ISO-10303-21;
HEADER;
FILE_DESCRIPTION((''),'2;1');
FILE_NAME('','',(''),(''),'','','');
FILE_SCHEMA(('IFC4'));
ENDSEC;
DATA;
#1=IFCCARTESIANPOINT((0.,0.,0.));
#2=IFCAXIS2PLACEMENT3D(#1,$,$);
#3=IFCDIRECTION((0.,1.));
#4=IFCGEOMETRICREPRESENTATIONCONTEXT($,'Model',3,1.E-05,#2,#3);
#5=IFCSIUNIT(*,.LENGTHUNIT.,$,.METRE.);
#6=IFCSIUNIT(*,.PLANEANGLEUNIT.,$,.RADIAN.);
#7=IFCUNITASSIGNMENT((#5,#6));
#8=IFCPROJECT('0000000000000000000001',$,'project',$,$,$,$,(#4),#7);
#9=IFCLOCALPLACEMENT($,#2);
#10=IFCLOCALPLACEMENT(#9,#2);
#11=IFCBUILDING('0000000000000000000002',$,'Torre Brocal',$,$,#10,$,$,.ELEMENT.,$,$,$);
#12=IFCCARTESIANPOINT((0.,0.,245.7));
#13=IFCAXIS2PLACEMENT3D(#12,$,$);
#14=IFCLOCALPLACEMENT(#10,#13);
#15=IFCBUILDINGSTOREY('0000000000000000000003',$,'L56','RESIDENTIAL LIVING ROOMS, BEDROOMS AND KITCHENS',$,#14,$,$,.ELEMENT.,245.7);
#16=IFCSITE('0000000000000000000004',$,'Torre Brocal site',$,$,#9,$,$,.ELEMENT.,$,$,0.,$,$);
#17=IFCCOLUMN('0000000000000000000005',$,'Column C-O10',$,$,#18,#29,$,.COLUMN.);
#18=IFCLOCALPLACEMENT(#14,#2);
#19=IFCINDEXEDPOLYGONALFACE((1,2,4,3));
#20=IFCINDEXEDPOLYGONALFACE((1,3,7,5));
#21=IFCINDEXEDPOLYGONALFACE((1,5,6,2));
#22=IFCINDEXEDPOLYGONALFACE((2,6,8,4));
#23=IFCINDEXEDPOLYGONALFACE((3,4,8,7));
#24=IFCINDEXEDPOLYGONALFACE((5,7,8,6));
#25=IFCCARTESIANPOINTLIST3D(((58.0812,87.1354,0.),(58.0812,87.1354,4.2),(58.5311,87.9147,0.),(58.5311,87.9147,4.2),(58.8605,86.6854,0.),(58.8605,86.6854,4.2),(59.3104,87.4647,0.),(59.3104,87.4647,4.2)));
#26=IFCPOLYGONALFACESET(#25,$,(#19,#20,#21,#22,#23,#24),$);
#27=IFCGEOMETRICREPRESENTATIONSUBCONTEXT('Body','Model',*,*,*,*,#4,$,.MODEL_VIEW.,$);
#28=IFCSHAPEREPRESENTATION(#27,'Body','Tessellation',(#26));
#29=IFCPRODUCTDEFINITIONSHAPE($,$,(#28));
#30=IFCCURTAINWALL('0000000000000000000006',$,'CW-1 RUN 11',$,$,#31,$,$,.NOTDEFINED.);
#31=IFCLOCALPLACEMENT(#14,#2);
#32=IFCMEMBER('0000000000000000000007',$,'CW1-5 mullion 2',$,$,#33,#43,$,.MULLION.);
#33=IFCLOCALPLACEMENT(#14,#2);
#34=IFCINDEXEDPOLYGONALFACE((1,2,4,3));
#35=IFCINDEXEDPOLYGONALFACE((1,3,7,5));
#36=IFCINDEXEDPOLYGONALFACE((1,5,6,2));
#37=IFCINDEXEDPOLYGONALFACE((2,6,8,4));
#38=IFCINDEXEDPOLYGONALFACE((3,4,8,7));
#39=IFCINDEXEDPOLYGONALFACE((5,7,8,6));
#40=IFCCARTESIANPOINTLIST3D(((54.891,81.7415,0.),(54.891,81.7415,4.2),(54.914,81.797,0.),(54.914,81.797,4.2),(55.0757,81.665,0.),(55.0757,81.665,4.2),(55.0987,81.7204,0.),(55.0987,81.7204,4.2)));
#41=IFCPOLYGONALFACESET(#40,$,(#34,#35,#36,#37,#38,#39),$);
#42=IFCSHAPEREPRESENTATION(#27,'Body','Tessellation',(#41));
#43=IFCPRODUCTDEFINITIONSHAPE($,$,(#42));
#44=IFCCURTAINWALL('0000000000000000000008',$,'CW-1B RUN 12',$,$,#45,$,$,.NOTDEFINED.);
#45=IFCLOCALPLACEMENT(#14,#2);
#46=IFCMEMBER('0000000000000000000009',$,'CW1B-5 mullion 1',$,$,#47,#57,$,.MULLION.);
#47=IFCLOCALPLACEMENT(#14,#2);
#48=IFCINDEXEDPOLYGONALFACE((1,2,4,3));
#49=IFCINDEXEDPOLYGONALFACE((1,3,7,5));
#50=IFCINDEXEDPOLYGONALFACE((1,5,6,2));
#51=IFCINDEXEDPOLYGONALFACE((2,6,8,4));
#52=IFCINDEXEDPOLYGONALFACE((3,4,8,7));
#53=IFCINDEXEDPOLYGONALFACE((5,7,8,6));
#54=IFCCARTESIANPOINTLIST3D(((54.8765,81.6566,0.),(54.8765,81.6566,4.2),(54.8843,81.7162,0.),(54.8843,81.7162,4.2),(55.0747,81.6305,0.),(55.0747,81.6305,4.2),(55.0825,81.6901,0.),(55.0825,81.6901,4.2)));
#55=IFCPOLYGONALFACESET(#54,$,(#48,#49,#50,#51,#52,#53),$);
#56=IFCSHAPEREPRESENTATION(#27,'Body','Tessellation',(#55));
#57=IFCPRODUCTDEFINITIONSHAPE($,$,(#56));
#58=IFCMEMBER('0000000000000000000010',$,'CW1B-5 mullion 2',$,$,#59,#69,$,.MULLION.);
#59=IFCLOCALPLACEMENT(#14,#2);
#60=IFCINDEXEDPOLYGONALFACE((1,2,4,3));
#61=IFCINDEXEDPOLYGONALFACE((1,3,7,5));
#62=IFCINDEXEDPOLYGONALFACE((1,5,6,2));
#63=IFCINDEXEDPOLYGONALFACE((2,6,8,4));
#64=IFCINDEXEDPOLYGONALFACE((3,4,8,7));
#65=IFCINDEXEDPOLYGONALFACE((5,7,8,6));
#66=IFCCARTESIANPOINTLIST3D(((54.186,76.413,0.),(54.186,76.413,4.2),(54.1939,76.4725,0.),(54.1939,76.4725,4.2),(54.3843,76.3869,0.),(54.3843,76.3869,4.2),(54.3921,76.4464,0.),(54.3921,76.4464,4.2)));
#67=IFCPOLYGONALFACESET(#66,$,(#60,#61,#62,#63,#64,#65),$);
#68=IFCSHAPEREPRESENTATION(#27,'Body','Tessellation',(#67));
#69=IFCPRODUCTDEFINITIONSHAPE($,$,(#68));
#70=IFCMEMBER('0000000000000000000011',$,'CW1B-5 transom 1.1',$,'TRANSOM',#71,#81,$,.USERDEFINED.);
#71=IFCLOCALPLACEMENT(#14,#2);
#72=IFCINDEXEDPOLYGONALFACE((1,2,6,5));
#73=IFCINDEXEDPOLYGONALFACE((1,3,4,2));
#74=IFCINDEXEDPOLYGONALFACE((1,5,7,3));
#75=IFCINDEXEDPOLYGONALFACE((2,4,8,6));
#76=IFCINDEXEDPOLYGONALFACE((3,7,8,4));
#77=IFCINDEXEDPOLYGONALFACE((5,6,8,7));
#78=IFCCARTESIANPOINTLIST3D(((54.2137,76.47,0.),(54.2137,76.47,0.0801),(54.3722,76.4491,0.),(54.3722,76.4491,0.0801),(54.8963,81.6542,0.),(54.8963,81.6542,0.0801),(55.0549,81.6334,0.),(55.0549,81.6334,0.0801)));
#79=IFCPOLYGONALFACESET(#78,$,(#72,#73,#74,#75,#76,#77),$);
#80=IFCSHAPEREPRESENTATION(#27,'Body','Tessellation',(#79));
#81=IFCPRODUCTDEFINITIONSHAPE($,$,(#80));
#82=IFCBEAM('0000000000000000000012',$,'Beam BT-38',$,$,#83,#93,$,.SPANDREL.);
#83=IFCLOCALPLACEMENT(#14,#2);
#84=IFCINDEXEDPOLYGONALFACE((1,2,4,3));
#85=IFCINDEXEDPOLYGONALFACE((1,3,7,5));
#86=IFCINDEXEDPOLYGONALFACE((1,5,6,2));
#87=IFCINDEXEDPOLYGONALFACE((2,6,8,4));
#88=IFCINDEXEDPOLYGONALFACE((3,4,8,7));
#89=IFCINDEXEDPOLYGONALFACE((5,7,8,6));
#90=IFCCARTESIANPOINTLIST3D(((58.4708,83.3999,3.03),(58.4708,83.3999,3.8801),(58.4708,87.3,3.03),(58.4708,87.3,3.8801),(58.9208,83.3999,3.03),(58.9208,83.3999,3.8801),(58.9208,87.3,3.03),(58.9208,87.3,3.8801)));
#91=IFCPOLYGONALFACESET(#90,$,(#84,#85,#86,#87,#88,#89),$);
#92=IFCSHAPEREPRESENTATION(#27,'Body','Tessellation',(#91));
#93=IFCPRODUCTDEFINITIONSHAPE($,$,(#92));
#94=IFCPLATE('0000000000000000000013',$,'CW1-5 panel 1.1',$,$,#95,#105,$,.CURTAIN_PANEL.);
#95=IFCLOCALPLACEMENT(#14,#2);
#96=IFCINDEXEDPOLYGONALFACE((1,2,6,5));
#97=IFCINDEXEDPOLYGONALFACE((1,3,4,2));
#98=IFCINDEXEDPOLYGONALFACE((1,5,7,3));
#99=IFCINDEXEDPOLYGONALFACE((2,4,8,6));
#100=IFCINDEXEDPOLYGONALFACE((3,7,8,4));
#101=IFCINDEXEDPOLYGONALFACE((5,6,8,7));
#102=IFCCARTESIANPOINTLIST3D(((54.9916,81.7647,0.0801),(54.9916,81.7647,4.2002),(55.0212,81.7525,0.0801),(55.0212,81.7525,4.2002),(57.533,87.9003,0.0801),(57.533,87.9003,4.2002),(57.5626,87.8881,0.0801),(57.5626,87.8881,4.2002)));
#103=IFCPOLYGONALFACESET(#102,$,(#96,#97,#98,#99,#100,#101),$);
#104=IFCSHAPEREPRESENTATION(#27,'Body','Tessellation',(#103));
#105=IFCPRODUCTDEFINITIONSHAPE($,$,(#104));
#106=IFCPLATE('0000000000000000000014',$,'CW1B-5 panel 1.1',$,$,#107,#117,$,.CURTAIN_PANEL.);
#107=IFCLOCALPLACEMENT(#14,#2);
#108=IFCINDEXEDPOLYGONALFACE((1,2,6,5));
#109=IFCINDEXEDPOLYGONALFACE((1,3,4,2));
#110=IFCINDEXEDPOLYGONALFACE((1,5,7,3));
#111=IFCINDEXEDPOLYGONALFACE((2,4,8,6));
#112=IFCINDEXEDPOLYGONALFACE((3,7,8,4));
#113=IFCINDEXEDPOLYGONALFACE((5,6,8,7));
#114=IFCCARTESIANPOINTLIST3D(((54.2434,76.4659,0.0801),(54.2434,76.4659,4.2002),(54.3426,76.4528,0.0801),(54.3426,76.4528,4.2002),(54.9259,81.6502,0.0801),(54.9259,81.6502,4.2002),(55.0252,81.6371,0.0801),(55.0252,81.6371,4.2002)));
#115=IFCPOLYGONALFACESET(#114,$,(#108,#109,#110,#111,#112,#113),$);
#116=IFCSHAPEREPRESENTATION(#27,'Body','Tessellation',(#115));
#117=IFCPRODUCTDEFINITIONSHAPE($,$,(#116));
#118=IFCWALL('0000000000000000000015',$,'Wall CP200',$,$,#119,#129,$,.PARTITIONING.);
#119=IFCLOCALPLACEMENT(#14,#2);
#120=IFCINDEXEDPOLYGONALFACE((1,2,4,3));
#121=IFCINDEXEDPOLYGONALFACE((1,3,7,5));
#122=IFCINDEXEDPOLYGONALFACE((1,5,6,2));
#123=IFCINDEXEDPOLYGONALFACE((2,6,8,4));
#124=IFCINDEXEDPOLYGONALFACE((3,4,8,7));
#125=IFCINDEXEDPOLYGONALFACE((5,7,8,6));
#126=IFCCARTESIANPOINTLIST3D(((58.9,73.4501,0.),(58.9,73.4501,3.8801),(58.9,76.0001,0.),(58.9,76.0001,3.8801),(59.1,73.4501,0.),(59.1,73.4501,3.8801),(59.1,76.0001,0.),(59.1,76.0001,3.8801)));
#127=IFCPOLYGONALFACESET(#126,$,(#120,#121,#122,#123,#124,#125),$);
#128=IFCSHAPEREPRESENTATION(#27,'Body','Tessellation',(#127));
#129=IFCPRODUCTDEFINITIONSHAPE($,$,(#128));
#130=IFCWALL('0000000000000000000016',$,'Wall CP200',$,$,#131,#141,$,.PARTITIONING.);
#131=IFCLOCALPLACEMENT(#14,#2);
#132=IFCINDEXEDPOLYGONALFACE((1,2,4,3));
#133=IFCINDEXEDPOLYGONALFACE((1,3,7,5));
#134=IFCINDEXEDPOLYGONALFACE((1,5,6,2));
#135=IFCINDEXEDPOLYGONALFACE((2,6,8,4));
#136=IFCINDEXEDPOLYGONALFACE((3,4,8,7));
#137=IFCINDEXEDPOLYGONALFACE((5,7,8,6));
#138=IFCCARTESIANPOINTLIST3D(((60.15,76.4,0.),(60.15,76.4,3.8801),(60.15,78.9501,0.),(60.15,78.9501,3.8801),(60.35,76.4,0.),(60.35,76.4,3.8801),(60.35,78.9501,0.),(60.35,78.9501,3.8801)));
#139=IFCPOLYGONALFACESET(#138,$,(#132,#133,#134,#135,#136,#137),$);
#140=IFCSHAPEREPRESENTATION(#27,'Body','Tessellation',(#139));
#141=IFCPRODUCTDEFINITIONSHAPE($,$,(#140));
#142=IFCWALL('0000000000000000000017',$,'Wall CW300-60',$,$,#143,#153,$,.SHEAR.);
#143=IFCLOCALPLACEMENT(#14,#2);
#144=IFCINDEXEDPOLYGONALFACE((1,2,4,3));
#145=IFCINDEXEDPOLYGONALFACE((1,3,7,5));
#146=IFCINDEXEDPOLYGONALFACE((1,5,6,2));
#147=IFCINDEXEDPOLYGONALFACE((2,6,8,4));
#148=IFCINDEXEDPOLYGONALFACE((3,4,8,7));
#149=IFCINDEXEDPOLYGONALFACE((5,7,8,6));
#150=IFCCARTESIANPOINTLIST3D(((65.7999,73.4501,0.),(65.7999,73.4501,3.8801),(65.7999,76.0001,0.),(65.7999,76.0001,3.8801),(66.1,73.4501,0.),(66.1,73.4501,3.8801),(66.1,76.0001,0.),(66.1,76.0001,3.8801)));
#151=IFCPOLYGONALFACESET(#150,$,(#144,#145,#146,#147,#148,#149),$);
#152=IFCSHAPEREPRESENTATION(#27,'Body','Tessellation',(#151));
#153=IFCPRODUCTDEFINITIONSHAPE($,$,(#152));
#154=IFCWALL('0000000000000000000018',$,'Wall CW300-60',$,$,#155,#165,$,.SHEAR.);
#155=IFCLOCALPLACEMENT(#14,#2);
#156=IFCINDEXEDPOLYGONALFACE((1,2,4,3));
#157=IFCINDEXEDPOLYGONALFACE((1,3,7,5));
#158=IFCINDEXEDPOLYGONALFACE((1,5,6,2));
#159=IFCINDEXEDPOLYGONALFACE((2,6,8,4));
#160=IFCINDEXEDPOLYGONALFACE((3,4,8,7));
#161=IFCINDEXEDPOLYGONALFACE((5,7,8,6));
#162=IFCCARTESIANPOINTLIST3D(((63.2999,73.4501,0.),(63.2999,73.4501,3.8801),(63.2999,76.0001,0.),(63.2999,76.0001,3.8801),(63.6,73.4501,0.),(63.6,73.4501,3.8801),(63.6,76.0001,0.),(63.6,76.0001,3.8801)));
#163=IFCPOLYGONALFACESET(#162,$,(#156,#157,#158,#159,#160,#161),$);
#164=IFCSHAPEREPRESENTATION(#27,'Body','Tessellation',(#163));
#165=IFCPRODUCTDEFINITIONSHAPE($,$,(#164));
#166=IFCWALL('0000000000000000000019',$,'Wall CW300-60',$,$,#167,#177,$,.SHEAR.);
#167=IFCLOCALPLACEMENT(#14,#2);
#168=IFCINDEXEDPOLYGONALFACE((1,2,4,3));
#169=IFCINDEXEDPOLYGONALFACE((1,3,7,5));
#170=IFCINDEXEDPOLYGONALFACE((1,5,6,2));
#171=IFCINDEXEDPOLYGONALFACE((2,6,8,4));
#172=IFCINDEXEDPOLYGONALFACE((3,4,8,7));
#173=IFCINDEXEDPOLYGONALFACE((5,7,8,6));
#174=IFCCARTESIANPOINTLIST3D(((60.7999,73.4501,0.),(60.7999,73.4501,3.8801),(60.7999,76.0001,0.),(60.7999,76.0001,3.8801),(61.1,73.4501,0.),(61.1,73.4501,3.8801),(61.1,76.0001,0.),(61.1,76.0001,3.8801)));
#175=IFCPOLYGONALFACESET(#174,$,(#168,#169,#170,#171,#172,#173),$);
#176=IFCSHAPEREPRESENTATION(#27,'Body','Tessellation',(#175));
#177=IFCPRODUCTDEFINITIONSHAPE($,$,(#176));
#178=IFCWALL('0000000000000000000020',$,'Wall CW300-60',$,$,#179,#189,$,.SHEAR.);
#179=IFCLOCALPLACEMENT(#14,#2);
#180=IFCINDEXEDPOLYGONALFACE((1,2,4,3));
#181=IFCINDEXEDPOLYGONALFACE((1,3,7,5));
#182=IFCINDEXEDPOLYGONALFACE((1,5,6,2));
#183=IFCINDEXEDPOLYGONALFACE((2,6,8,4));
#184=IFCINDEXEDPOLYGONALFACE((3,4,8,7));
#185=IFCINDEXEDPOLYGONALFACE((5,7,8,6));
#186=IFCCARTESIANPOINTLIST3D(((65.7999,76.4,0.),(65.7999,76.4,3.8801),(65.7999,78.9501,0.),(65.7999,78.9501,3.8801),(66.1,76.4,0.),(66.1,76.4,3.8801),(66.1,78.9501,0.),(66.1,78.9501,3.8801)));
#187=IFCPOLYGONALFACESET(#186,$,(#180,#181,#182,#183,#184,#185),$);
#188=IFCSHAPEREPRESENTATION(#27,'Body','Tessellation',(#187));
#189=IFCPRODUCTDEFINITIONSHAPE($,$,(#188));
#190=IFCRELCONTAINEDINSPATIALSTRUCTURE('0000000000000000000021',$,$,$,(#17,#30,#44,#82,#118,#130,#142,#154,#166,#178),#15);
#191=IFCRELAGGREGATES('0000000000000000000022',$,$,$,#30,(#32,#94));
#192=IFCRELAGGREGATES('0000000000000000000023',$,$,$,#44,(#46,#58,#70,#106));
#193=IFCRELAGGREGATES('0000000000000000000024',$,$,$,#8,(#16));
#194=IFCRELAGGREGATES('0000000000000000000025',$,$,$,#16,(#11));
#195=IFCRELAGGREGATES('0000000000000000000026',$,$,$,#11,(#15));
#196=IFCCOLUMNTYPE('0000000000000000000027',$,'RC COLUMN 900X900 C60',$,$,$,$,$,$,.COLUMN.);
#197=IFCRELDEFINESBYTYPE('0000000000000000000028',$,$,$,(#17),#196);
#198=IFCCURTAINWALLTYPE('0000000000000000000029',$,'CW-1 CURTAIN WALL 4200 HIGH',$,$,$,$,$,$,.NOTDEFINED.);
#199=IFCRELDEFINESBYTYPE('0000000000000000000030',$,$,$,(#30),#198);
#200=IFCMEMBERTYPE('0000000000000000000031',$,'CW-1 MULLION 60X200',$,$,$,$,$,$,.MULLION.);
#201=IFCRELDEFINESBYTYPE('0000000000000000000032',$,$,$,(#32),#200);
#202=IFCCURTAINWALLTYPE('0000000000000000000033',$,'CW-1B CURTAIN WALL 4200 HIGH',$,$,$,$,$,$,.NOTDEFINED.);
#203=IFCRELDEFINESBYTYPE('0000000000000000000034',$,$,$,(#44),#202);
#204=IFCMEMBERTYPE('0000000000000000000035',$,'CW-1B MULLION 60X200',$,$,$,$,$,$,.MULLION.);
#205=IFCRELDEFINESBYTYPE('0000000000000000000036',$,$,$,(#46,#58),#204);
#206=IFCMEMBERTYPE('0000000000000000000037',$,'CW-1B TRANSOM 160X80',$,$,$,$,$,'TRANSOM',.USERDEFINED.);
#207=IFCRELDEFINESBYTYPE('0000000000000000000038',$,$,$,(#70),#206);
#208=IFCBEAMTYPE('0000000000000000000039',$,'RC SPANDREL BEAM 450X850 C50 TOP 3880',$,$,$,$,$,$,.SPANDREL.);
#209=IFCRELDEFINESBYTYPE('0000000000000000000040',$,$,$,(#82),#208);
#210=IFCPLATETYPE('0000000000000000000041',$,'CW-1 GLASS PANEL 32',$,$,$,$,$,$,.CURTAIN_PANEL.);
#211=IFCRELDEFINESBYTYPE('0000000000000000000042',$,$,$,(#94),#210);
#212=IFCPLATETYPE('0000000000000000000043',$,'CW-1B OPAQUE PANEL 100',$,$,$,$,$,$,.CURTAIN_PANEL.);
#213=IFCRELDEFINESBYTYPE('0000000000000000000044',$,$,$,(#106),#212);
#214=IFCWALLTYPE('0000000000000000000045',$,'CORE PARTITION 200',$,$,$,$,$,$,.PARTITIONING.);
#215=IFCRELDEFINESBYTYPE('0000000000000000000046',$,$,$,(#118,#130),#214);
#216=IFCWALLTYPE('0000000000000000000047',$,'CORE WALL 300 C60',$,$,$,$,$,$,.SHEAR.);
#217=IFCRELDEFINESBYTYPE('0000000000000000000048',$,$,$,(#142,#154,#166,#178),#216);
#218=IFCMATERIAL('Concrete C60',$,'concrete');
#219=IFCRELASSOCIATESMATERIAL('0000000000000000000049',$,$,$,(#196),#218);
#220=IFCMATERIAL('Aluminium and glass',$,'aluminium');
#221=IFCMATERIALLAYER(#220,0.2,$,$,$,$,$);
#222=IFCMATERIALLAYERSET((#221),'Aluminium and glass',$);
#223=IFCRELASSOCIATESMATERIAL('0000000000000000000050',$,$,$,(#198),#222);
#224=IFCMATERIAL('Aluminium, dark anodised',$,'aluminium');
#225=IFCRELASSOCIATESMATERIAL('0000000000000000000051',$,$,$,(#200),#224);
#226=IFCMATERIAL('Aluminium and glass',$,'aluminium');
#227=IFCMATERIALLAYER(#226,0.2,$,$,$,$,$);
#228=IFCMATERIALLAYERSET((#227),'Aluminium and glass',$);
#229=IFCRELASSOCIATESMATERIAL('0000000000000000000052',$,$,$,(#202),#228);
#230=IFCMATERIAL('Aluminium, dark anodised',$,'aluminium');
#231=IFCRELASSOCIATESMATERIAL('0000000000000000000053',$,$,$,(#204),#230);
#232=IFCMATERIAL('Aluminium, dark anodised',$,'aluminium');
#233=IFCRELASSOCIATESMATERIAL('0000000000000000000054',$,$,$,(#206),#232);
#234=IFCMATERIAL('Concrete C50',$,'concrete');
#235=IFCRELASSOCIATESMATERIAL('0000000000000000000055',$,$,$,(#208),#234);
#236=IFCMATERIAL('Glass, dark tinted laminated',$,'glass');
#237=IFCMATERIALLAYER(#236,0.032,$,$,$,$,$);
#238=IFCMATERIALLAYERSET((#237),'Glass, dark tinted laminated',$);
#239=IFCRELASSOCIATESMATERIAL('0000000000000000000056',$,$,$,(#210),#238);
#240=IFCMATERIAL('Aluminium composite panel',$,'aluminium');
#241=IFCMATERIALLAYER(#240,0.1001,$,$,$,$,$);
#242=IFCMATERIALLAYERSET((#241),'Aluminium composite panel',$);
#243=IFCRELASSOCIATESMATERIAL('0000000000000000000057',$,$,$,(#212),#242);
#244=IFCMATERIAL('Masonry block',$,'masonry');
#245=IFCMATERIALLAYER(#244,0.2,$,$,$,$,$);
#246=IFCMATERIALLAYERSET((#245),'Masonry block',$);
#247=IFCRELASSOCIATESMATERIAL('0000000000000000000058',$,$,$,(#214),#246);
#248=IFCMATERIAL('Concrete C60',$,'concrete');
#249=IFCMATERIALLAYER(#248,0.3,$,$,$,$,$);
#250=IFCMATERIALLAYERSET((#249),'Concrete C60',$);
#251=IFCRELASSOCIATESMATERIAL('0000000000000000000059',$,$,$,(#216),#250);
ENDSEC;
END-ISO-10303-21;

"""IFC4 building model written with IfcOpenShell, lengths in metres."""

from ifc_helpers import new_model, si_unit, direction, frame, frame_2d, origin, origin_2d, place, context, subcontext, project, spatial, rectangle, extrude, material, layer, layer_set, material_profile, profile_set, type_object, element, aggregate, save


model = new_model("IFC4")

# Units and contexts
model_context = context("Model", 3, precision=1e-05, world=origin(), true_north=direction((0.0, 1.0)))
body_context = subcontext(model_context, "Body", "Model", "MODEL_VIEW")
ifc_project = project(units=[si_unit("LENGTHUNIT", "METRE"), si_unit("PLANEANGLEUNIT", "RADIAN")], contexts=[model_context])

# Site, building, storey
site_placement = place(None, origin())
site = spatial("IfcSite", under=ifc_project, at=site_placement, Name="Torre Brocal site", CompositionType="ELEMENT", RefElevation=0.0)
building_placement = place(site_placement, origin())
building = spatial("IfcBuilding", under=site, at=building_placement, Name="Torre Brocal", CompositionType="ELEMENT")
storey_placement = place(building_placement, frame((0.0, 0.0, 245.7)))
storey = spatial("IfcBuildingStorey", under=building, at=storey_placement, Name="L56", Description="RESIDENTIAL LIVING ROOMS, BEDROOMS AND KITCHENS", CompositionType="ELEMENT", Elevation=245.7)

# Column
ifc_material_1 = material(Name="Concrete C60", Category="concrete")
ifc_material_profile_1 = material_profile(ifc_material_1, rectangle(XDim=0.8999, YDim=0.8999, at=origin_2d()), Name="RC 900X900")
ifc_profile_set_1 = profile_set([ifc_material_profile_1], Name="Concrete C60")
column_type = type_object("IfcColumnType", Name="RC COLUMN 900X900 C60", PredefinedType="COLUMN", material=ifc_profile_set_1)
column_placement = place(storey_placement, frame((58.6958, 87.3, 0.0), z_axis=(0.0, 0.0, 1.0), x_axis=(-0.866025, 0.5, 0.0)))
element("IfcColumn", 1, at=column_placement, inside=storey, type_object=column_type, Name="Column C-O10", PredefinedType="COLUMN", context=body_context, shape_type="SweptSolid", body=[
    extrude(rectangle(XDim=0.8999, YDim=0.8999, at=origin_2d()), origin(), (0.0, 0.0, 1.0), 4.2),
])

# Curtain wall, member
ifc_material_2 = material(Name="Aluminium and glass", Category="aluminium")
ifc_layer_1 = layer(ifc_material_2, 0.2)
ifc_layer_set_1 = layer_set([ifc_layer_1], Name="Aluminium and glass")
curtain_wall_type_1 = type_object("IfcCurtainWallType", Name="CW-1 CURTAIN WALL 4200 HIGH", PredefinedType="NOTDEFINED", material=ifc_layer_set_1)
curtain_wall_1_placement = place(storey_placement, origin())
curtain_wall_1 = element("IfcCurtainWall", 2, at=curtain_wall_1_placement, inside=storey, type_object=curtain_wall_type_1, Name="CW-1 RUN 11", PredefinedType="NOTDEFINED")
ifc_material_3 = material(Name="Aluminium, dark anodised", Category="aluminium")
ifc_material_profile_2 = material_profile(ifc_material_3, rectangle(XDim=0.2, YDim=0.0601, at=origin_2d()), Name="CW-1 MULLION 60X200")
ifc_profile_set_2 = profile_set([ifc_material_profile_2], Name="Aluminium, dark anodised")
member_type_1 = type_object("IfcMemberType", Name="CW-1 MULLION 60X200", PredefinedType="MULLION", material=ifc_profile_set_2)
member_1_placement = place(storey_placement, frame((54.9949, 81.731, 0.0), z_axis=(0.0, 0.0, 1.0), x_axis=(0.92388, -0.382683, 0.0)))
member_1 = element("IfcMember", 3, at=member_1_placement, type_object=member_type_1, Name="CW1-5 mullion 2", PredefinedType="MULLION", context=body_context, shape_type="SweptSolid", body=[
    extrude(rectangle(XDim=0.2, YDim=0.0601, at=origin_2d()), origin(), (0.0, 0.0, 1.0), 4.2),
])

# Curtain wall, members
ifc_material_4 = material(Name="Aluminium and glass", Category="aluminium")
ifc_layer_2 = layer(ifc_material_4, 0.2)
ifc_layer_set_2 = layer_set([ifc_layer_2], Name="Aluminium and glass")
curtain_wall_type_2 = type_object("IfcCurtainWallType", Name="CW-1B CURTAIN WALL 4200 HIGH", PredefinedType="NOTDEFINED", material=ifc_layer_set_2)
curtain_wall_2_placement = place(storey_placement, origin())
curtain_wall_2 = element("IfcCurtainWall", 4, at=curtain_wall_2_placement, inside=storey, type_object=curtain_wall_type_2, Name="CW-1B RUN 12", PredefinedType="NOTDEFINED")
ifc_material_5 = material(Name="Aluminium, dark anodised", Category="aluminium")
ifc_material_profile_3 = material_profile(ifc_material_5, rectangle(XDim=0.2, YDim=0.0601, at=origin_2d()), Name="CW-1B MULLION 60X200")
ifc_profile_set_3 = profile_set([ifc_material_profile_3], Name="Aluminium, dark anodised")
member_type_2 = type_object("IfcMemberType", Name="CW-1B MULLION 60X200", PredefinedType="MULLION", material=ifc_profile_set_3)
member_2_placement = place(storey_placement, frame((54.9795, 81.6733, 0.0), z_axis=(0.0, 0.0, 1.0), x_axis=(0.991445, -0.130526, 0.0)))
member_2 = element("IfcMember", 5, at=member_2_placement, type_object=member_type_2, Name="CW1B-5 mullion 1", PredefinedType="MULLION", context=body_context, shape_type="SweptSolid", body=[
    extrude(rectangle(XDim=0.2, YDim=0.0601, at=origin_2d()), origin(), (0.0, 0.0, 1.0), 4.2),
])
member_3_placement = place(storey_placement, frame((54.2891, 76.4297, 0.0), z_axis=(0.0, 0.0, 1.0), x_axis=(0.991445, -0.130526, 0.0)))
member_3 = element("IfcMember", 6, at=member_3_placement, type_object=member_type_2, Name="CW1B-5 mullion 2", PredefinedType="MULLION", context=body_context, shape_type="SweptSolid", body=[
    extrude(rectangle(XDim=0.2, YDim=0.0601, at=origin_2d()), origin(), (0.0, 0.0, 1.0), 4.2),
])
ifc_material_6 = material(Name="Aluminium, dark anodised", Category="aluminium")
ifc_material_profile_4 = material_profile(ifc_material_6, rectangle(XDim=0.1599, YDim=0.0801, at=origin_2d()), Name="CW-1B TRANSOM 160X80")
ifc_profile_set_4 = profile_set([ifc_material_profile_4], Name="Aluminium, dark anodised")
member_type_3 = type_object("IfcMemberType", Name="CW-1B TRANSOM 160X80", ElementType="TRANSOM", PredefinedType="USERDEFINED", material=ifc_profile_set_4)
member_4_placement = place(storey_placement, frame((54.9756, 81.6438, 0.04), z_axis=(-0.130543, -0.991443, 0.0), x_axis=(0.991443, -0.130543, 0.0)))
member_4 = element("IfcMember", 7, at=member_4_placement, type_object=member_type_3, Name="CW1B-5 transom 1.1", ObjectType="TRANSOM", PredefinedType="USERDEFINED", context=body_context, shape_type="SweptSolid", body=[
    extrude(rectangle(XDim=0.1599, YDim=0.0801, at=origin_2d()), origin(), (0.0, 0.0, 1.0), 5.229),
])

# Beam
ifc_material_7 = material(Name="Concrete C50", Category="concrete")
ifc_material_profile_5 = material_profile(ifc_material_7, rectangle(XDim=0.45, YDim=0.8501, at=origin_2d()), Name="RC 450X850")
ifc_profile_set_5 = profile_set([ifc_material_profile_5], Name="Concrete C50")
beam_type = type_object("IfcBeamType", Name="RC SPANDREL BEAM 450X850 C50 TOP 3880", PredefinedType="SPANDREL", material=ifc_profile_set_5)
beam_placement = place(storey_placement, frame((58.6958, 87.3, 3.4551), z_axis=(0.0, -1.0, 0.0), x_axis=(1.0, 0.0, 0.0)))
element("IfcBeam", 8, at=beam_placement, inside=storey, type_object=beam_type, Name="Beam BT-38", PredefinedType="SPANDREL", context=body_context, shape_type="SweptSolid", body=[
    extrude(rectangle(XDim=0.45, YDim=0.8501, at=origin_2d()), origin(), (0.0, 0.0, 1.0), 3.9001),
])

# Plates
ifc_material_8 = material(Name="Glass, dark tinted laminated", Category="glass")
ifc_layer_3 = layer(ifc_material_8, 0.032)
ifc_layer_set_3 = layer_set([ifc_layer_3], Name="Glass, dark tinted laminated")
plate_type_1 = type_object("IfcPlateType", Name="CW-1 GLASS PANEL 32", PredefinedType="CURTAIN_PANEL", material=ifc_layer_set_3)
plate_1_placement = place(storey_placement, frame((56.2771, 84.8264, 0.0801), z_axis=(0.0, 0.0, 1.0), x_axis=(-0.382683, -0.92388, 0.0)))
plate_1 = element("IfcPlate", 9, at=plate_1_placement, type_object=plate_type_1, Name="CW1-5 panel 1.1", PredefinedType="CURTAIN_PANEL", context=body_context, shape_type="SweptSolid", body=[
    extrude(rectangle(XDim=6.6411, YDim=0.032, at=origin_2d()), origin(), (0.0, 0.0, 1.0), 4.1201),
])
aggregate(curtain_wall_1, [member_1, plate_1])
ifc_material_9 = material(Name="Aluminium composite panel", Category="aluminium")
ifc_layer_4 = layer(ifc_material_9, 0.1001)
ifc_layer_set_4 = layer_set([ifc_layer_4], Name="Aluminium composite panel")
plate_type_2 = type_object("IfcPlateType", Name="CW-1B OPAQUE PANEL 100", PredefinedType="CURTAIN_PANEL", material=ifc_layer_set_4)
plate_2_placement = place(storey_placement, frame((54.6343, 79.0515, 0.0801), z_axis=(0.0, 0.0, 1.0), x_axis=(-0.130526, -0.991445, 0.0)))
plate_2 = element("IfcPlate", 10, at=plate_2_placement, type_object=plate_type_2, Name="CW1B-5 panel 1.1", PredefinedType="CURTAIN_PANEL", context=body_context, shape_type="SweptSolid", body=[
    extrude(rectangle(XDim=5.229, YDim=0.1001, at=origin_2d()), origin(), (0.0, 0.0, 1.0), 4.1201),
])
aggregate(curtain_wall_2, [member_2, member_3, member_4, plate_2])

# Walls
ifc_material_10 = material(Name="Masonry block", Category="masonry")
ifc_layer_5 = layer(ifc_material_10, 0.2)
ifc_layer_set_5 = layer_set([ifc_layer_5], Name="Masonry block")
wall_type_1 = type_object("IfcWallType", Name="CORE PARTITION 200", PredefinedType="PARTITIONING", material=ifc_layer_set_5)
for number, where, z_axis, x_axis, name in (
    (11, (59.0, 76.0, 0.0), (0.0, 0.0, 1.0), (0.0, -1.0, 0.0), "Wall CP200"),
    (12, (60.25, 78.95, 0.0), (0.0, 0.0, 1.0), (0.0, -1.0, 0.0), "Wall CP200"),
):
    element("IfcWall", number, at=place(storey_placement, frame(where, z_axis=z_axis, x_axis=x_axis)), inside=storey, type_object=wall_type_1, Name=name, PredefinedType="PARTITIONING", context=body_context, shape_type="SweptSolid", body=[
        extrude(rectangle(XDim=2.55, YDim=0.2, at=frame_2d((1.2749, 0.0))), origin(), (0.0, 0.0, 1.0), 3.8801),
    ])
ifc_material_11 = material(Name="Concrete C60", Category="concrete")
ifc_layer_6 = layer(ifc_material_11, 0.3)
ifc_layer_set_6 = layer_set([ifc_layer_6], Name="Concrete C60")
wall_type_2 = type_object("IfcWallType", Name="CORE WALL 300 C60", PredefinedType="SHEAR", material=ifc_layer_set_6)
for number, where, z_axis, x_axis, name in (
    (13, (65.95, 76.0, 0.0), (0.0, 0.0, 1.0), (0.0, -1.0, 0.0), "Wall CW300-60"),
    (14, (63.45, 76.0, 0.0), (0.0, 0.0, 1.0), (0.0, -1.0, 0.0), "Wall CW300-60"),
    (15, (60.95, 76.0, 0.0), (0.0, 0.0, 1.0), (0.0, -1.0, 0.0), "Wall CW300-60"),
    (16, (65.95, 78.95, 0.0), (0.0, 0.0, 1.0), (0.0, -1.0, 0.0), "Wall CW300-60"),
):
    element("IfcWall", number, at=place(storey_placement, frame(where, z_axis=z_axis, x_axis=x_axis)), inside=storey, type_object=wall_type_2, Name=name, PredefinedType="SHEAR", context=body_context, shape_type="SweptSolid", body=[
        extrude(rectangle(XDim=2.55, YDim=0.3, at=frame_2d((1.2749, 0.0))), origin(), (0.0, 0.0, 1.0), 3.8801),
    ])

save(model, "model.ifc")
